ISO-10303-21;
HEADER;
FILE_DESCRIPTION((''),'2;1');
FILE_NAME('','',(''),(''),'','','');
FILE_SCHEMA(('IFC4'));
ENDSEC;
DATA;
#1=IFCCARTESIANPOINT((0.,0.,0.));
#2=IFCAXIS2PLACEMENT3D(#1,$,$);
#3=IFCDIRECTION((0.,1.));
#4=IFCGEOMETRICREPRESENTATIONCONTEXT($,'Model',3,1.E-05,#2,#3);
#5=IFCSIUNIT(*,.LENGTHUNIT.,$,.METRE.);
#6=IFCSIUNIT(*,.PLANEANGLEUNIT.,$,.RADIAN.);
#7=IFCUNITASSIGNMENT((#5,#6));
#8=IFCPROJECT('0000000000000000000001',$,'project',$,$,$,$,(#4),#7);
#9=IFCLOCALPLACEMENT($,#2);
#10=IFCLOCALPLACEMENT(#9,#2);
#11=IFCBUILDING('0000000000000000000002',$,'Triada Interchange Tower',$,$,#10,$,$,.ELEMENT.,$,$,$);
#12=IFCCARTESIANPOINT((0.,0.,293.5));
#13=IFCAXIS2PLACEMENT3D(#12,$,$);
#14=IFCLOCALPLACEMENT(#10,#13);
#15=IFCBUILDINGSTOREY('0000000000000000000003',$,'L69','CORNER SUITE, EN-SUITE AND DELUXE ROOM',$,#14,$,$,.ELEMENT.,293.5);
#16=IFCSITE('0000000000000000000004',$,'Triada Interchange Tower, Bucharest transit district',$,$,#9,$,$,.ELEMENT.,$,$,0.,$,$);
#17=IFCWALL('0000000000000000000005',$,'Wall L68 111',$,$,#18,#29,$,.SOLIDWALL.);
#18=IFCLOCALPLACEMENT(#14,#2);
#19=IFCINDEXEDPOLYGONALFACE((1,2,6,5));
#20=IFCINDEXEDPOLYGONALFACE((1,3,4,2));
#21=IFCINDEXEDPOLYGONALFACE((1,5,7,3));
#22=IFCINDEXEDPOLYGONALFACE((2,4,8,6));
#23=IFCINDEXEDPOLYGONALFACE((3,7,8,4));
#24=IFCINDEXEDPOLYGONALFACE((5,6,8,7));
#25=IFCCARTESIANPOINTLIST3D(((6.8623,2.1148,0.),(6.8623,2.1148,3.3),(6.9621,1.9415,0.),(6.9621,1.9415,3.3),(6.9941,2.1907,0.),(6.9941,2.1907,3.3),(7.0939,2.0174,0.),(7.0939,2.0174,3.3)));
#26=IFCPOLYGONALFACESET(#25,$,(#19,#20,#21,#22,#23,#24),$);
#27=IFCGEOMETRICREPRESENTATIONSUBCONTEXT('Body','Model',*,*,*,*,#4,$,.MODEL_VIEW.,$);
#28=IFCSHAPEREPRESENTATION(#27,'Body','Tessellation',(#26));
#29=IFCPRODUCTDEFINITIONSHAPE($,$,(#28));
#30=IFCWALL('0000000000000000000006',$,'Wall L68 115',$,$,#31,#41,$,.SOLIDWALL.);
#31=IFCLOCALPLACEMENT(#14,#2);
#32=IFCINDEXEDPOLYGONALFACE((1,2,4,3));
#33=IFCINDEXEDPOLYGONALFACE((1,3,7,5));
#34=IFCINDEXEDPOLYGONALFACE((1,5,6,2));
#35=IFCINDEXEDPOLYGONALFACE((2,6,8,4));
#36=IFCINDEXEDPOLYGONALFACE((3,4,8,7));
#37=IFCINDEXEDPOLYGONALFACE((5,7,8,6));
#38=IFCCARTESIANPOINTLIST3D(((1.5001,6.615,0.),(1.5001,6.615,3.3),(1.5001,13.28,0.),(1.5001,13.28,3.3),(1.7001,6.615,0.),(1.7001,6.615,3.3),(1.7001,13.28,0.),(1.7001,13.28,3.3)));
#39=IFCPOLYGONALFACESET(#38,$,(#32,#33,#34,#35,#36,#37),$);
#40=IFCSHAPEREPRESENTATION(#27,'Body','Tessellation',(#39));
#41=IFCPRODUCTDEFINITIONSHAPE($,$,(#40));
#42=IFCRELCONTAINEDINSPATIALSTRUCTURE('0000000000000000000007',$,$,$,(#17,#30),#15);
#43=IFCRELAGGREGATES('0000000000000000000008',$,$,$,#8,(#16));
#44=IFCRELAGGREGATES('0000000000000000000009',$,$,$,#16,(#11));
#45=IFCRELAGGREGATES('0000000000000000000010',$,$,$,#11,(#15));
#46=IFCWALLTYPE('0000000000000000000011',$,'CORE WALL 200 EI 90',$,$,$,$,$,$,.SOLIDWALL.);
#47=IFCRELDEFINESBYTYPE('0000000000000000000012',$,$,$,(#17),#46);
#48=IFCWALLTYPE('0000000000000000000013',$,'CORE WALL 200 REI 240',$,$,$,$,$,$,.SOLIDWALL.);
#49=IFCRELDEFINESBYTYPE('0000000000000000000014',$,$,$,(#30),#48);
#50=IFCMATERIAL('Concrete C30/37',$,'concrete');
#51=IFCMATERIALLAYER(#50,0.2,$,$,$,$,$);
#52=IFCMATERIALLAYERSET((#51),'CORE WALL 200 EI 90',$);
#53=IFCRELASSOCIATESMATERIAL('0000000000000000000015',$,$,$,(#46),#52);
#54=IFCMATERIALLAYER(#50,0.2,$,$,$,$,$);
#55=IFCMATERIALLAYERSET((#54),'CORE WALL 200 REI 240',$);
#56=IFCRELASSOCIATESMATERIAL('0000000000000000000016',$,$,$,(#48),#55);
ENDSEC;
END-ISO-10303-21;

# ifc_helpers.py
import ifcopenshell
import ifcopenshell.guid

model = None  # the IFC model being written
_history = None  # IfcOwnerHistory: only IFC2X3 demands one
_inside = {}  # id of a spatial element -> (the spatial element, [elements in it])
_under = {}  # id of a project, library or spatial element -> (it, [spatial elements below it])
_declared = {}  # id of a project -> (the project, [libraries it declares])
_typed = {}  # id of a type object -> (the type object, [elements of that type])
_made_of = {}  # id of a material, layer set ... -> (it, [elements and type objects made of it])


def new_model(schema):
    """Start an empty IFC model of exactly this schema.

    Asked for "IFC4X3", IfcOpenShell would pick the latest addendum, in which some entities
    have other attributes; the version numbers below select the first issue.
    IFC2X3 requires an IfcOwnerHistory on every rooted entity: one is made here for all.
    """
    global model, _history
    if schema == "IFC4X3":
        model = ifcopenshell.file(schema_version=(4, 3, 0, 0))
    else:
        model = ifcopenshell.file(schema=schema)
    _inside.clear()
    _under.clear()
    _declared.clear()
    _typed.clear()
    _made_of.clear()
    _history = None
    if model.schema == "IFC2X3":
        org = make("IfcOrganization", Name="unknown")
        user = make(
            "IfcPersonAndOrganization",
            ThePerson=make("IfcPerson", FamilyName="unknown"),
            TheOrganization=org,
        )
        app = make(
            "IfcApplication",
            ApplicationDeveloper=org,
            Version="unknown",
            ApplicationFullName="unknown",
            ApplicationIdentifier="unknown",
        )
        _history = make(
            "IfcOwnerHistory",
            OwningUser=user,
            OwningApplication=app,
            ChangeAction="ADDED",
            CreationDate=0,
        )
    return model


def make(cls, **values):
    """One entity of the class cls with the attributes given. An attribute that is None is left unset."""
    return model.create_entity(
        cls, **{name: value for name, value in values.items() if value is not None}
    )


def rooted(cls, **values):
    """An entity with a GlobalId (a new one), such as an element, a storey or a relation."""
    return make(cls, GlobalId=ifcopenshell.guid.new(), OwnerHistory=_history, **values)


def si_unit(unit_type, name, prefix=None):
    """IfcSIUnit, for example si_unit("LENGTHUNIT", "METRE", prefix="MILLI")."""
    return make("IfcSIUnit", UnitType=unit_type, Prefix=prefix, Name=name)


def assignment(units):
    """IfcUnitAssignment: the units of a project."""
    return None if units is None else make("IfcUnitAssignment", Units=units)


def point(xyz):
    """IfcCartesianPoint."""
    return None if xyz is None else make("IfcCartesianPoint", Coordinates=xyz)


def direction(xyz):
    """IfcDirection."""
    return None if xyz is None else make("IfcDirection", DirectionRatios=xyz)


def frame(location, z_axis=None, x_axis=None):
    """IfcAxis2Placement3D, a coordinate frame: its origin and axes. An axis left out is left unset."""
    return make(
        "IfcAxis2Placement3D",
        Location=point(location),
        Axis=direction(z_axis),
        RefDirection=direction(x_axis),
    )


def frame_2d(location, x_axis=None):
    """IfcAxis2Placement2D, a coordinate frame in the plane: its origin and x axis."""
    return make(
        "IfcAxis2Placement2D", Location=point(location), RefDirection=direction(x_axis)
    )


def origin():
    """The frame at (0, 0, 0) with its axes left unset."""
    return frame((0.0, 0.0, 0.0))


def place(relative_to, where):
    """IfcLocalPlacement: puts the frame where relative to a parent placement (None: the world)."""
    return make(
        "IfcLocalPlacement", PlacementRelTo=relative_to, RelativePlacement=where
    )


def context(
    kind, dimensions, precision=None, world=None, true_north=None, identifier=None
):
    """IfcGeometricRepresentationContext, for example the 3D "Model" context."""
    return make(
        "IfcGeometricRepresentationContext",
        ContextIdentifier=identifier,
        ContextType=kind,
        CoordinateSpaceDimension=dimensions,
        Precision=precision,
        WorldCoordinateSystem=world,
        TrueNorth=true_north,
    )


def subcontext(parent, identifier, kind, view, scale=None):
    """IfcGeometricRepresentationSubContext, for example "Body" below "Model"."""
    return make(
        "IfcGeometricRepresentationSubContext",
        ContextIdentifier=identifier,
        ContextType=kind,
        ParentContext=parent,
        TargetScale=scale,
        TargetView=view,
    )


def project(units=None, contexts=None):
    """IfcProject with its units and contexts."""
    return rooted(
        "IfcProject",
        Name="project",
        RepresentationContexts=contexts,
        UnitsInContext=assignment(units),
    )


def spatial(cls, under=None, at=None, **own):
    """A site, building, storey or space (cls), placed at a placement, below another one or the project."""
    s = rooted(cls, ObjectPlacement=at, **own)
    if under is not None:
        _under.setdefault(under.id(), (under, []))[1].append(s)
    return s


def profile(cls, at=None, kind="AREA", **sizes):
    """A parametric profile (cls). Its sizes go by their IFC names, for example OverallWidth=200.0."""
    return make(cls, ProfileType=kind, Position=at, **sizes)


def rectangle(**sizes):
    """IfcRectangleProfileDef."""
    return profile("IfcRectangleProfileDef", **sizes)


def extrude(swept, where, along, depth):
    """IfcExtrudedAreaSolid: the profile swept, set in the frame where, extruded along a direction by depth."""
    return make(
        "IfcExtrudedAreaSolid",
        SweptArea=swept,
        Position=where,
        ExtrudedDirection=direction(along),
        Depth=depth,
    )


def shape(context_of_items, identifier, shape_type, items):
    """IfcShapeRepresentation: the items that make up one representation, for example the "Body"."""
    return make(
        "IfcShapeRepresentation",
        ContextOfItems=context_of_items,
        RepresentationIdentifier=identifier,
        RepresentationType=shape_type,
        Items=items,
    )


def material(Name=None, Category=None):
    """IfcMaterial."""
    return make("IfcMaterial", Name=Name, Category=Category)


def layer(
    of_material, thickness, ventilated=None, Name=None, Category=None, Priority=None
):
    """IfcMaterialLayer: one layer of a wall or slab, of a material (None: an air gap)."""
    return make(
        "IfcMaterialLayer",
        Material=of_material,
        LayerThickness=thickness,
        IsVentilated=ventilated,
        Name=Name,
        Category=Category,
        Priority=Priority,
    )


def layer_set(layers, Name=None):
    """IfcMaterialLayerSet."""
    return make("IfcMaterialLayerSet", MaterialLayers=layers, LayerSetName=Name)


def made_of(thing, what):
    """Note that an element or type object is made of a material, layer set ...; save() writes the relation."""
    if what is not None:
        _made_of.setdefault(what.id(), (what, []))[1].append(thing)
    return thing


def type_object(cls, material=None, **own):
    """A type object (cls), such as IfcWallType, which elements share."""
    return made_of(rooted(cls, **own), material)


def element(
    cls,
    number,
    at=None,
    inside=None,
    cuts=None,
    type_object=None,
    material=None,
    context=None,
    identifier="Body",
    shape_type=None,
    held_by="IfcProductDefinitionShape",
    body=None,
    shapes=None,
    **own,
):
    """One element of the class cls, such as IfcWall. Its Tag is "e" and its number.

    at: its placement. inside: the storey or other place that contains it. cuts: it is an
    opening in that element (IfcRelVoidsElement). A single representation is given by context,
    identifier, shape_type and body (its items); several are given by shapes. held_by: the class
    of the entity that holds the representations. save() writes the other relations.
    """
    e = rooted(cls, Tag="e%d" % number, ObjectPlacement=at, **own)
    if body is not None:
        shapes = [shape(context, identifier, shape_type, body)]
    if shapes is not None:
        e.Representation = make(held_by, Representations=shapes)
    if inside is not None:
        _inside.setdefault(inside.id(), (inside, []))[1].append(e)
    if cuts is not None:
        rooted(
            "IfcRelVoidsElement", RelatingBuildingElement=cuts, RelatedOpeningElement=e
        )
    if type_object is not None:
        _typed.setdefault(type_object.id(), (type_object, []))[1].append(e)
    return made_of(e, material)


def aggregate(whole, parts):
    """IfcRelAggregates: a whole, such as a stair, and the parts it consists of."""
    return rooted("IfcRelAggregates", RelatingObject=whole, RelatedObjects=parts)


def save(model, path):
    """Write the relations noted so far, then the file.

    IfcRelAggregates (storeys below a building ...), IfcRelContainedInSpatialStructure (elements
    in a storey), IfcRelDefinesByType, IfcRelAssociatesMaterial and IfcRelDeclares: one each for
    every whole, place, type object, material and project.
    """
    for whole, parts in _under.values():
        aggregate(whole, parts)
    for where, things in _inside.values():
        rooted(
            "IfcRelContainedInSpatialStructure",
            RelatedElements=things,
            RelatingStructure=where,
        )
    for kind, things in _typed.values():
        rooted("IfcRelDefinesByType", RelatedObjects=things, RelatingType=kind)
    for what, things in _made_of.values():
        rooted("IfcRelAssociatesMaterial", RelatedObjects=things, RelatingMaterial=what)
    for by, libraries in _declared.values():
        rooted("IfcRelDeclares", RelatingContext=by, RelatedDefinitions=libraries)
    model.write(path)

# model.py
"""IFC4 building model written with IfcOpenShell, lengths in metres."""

from ifc_helpers import new_model, si_unit, direction, frame, frame_2d, origin, place, context, subcontext, project, spatial, rectangle, extrude, material, layer, layer_set, type_object, element, save


model = new_model("IFC4")

# Units and contexts
model_context = context("Model", 3, precision=1e-05, world=origin(), true_north=direction((0.0, 1.0)))
body_context = subcontext(model_context, "Body", "Model", "MODEL_VIEW")
ifc_project = project(units=[si_unit("LENGTHUNIT", "METRE"), si_unit("PLANEANGLEUNIT", "RADIAN")], contexts=[model_context])

# Site, building, storey
site_placement = place(None, origin())
site = spatial("IfcSite", under=ifc_project, at=site_placement, Name="Triada Interchange Tower, Bucharest transit district", CompositionType="ELEMENT", RefElevation=0.0)
building_placement = place(site_placement, origin())
building = spatial("IfcBuilding", under=site, at=building_placement, Name="Triada Interchange Tower", CompositionType="ELEMENT")
storey_placement = place(building_placement, frame((0.0, 0.0, 293.5)))
storey = spatial("IfcBuildingStorey", under=building, at=storey_placement, Name="L69", Description="CORNER SUITE, EN-SUITE AND DELUXE ROOM", CompositionType="ELEMENT", Elevation=293.5)

# Shared definitions
ifc_material_1 = material(Name="Concrete C30/37", Category="concrete")

# Walls
ifc_layer_1 = layer(ifc_material_1, 0.2)
ifc_layer_set_1 = layer_set([ifc_layer_1], Name="CORE WALL 200 EI 90")
wall_type_1 = type_object("IfcWallType", Name="CORE WALL 200 EI 90", PredefinedType="SOLIDWALL", material=ifc_layer_set_1)
wall_1_placement = place(storey_placement, frame((6.9121, 2.0281, 0.0), z_axis=(0.0, 0.0, 1.0), x_axis=(0.866559, 0.499074, 0.0)))
element("IfcWall", 1, at=wall_1_placement, inside=storey, type_object=wall_type_1, Name="Wall L68 111", PredefinedType="SOLIDWALL", context=body_context, shape_type="SweptSolid", body=[
    extrude(rectangle(XDim=0.1521, YDim=0.2, at=frame_2d((0.0762, 0.0))), origin(), (0.0, 0.0, 1.0), 3.3),
])
ifc_layer_2 = layer(ifc_material_1, 0.2)
ifc_layer_set_2 = layer_set([ifc_layer_2], Name="CORE WALL 200 REI 240")
wall_type_2 = type_object("IfcWallType", Name="CORE WALL 200 REI 240", PredefinedType="SOLIDWALL", material=ifc_layer_set_2)
wall_2_placement = place(storey_placement, frame((1.6001, 6.615, 0.0), z_axis=(0.0, 0.0, 1.0), x_axis=(0.0, 1.0, 0.0)))
element("IfcWall", 2, at=wall_2_placement, inside=storey, type_object=wall_type_2, Name="Wall L68 115", PredefinedType="SOLIDWALL", context=body_context, shape_type="SweptSolid", body=[
    extrude(rectangle(XDim=6.665, YDim=0.2, at=frame_2d((3.3325, 0.0))), origin(), (0.0, 0.0, 1.0), 3.3),
])

save(model, "model.ifc")
